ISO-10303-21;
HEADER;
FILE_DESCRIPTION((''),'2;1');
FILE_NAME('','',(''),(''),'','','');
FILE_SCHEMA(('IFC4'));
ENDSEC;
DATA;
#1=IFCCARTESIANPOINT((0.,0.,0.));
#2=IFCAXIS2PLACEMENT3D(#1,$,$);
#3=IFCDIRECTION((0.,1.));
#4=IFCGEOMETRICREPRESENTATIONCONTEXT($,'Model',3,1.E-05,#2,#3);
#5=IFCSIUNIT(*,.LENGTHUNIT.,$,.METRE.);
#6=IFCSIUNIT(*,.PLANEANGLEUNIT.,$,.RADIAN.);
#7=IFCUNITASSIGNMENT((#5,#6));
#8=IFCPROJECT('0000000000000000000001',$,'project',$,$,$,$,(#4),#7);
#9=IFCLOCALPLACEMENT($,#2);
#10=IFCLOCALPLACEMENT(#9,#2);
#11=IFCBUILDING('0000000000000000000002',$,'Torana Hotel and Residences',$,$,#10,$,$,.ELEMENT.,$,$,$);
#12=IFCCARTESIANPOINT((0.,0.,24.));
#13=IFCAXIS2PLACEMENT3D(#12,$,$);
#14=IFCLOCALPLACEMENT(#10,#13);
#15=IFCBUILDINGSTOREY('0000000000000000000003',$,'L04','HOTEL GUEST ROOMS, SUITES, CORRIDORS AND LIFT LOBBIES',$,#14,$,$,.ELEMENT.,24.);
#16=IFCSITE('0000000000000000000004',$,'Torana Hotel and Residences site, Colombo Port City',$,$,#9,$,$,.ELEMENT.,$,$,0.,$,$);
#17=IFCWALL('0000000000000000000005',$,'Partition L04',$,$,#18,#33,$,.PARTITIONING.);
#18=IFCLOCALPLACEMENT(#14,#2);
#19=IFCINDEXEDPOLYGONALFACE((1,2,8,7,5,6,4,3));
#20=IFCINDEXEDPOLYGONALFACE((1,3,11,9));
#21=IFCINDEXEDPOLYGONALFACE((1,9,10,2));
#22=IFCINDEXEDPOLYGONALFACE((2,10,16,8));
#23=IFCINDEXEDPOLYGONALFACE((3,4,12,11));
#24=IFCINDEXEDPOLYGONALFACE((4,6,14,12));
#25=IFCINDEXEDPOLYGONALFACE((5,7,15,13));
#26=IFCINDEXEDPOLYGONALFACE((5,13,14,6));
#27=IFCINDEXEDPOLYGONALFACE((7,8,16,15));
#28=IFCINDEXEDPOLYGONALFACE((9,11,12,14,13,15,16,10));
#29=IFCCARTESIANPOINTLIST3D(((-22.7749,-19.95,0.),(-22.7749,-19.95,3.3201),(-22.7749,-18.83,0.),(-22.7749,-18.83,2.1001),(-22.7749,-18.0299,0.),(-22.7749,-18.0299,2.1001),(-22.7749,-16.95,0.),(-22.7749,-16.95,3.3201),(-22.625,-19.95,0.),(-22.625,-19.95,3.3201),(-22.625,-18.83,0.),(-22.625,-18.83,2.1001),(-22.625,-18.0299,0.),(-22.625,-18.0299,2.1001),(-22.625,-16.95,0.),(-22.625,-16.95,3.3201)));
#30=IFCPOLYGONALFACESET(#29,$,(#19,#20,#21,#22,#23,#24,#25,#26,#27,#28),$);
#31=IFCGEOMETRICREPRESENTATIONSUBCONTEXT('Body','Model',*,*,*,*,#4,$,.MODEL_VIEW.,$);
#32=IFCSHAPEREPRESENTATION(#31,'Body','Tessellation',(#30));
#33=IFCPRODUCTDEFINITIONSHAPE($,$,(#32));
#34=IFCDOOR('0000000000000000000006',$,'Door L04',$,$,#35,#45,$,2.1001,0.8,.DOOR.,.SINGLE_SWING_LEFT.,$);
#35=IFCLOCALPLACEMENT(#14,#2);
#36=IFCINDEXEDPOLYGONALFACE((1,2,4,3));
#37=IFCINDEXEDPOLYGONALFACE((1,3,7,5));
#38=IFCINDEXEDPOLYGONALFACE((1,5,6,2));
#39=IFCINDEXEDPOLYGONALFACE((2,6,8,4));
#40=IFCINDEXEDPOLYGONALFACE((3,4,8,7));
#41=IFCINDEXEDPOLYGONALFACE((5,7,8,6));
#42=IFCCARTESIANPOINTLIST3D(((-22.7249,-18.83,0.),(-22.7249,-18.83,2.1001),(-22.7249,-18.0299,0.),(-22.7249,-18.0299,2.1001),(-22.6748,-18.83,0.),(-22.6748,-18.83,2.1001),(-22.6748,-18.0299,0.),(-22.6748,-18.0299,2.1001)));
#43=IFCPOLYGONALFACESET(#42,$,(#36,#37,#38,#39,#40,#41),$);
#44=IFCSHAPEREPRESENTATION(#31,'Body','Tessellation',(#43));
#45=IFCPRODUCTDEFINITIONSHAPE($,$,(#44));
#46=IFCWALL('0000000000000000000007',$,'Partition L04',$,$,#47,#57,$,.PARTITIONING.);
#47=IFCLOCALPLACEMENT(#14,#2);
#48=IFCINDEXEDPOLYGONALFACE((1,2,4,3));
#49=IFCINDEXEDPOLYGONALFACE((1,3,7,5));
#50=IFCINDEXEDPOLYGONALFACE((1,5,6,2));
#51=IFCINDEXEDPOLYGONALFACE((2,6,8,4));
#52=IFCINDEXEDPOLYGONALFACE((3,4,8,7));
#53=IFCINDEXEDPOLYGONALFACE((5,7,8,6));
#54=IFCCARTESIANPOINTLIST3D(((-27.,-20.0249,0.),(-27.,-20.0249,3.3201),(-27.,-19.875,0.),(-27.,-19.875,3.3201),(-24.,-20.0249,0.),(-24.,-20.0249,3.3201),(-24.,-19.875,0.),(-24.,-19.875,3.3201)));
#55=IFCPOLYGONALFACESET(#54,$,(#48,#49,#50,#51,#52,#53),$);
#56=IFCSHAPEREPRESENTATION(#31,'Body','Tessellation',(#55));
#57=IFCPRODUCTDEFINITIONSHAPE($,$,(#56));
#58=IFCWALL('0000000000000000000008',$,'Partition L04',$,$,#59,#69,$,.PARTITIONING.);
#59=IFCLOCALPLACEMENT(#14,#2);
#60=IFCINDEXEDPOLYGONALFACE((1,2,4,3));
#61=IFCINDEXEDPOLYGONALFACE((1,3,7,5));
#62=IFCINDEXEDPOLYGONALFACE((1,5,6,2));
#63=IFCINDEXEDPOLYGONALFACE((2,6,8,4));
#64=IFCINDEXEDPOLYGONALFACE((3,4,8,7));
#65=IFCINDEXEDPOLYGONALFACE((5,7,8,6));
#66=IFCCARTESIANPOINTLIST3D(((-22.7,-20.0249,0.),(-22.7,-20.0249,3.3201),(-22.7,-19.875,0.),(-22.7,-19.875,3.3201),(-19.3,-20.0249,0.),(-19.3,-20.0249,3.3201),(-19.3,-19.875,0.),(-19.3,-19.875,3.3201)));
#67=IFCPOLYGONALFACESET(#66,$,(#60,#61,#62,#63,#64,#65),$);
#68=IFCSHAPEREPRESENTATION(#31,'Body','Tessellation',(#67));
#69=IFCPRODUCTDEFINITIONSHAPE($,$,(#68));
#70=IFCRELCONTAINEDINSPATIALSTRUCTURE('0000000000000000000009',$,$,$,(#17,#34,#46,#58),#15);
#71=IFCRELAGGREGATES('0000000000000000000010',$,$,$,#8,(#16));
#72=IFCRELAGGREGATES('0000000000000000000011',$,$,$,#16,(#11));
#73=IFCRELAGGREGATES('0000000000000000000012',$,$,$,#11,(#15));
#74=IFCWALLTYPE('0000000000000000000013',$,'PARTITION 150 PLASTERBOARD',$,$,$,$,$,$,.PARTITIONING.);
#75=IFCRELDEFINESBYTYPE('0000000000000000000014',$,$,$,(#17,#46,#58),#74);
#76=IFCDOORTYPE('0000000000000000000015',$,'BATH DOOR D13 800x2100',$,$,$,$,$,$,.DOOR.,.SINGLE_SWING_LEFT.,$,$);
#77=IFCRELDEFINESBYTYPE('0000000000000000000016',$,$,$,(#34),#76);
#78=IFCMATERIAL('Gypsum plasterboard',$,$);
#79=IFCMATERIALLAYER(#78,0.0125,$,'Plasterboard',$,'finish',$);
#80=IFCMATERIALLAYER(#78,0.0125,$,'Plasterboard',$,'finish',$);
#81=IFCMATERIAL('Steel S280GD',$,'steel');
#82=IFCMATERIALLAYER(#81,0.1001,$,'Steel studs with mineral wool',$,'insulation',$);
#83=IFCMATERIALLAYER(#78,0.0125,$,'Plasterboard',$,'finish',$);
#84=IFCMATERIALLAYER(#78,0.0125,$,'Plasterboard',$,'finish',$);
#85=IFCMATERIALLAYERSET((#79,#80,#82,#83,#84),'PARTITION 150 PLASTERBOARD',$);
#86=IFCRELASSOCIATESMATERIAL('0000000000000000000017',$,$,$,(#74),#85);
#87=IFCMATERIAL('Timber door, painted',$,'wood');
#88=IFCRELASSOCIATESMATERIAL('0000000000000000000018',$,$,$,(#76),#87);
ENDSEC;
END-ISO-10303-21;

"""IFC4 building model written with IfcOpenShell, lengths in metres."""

from ifc_helpers import new_model, si_unit, direction, frame, frame_2d, origin, place, context, subcontext, project, spatial, rectangle, extrude, material, layer, layer_set, type_object, element, fill, save


model = new_model("IFC4")

# Units and contexts
model_context = context("Model", 3, precision=1e-05, world=origin(), true_north=direction((0.0, 1.0)))
body_context = subcontext(model_context, "Body", "Model", "MODEL_VIEW")
ifc_project = project(units=[si_unit("LENGTHUNIT", "METRE"), si_unit("PLANEANGLEUNIT", "RADIAN")], contexts=[model_context])

# Site, building, storey
site_placement = place(None, origin())
site = spatial("IfcSite", under=ifc_project, at=site_placement, Name="Torana Hotel and Residences site, Colombo Port City", CompositionType="ELEMENT", RefElevation=0.0)
building_placement = place(site_placement, origin())
building = spatial("IfcBuilding", under=site, at=building_placement, Name="Torana Hotel and Residences", CompositionType="ELEMENT")
storey_placement = place(building_placement, frame((0.0, 0.0, 24.0)))
storey = spatial("IfcBuildingStorey", under=building, at=storey_placement, Name="L04", Description="HOTEL GUEST ROOMS, SUITES, CORRIDORS AND LIFT LOBBIES", CompositionType="ELEMENT", Elevation=24.0)

# Wall, opening, door
ifc_material_1 = material(Name="Gypsum plasterboard")
ifc_layer_1 = layer(ifc_material_1, 0.0125, Name="Plasterboard", Category="finish")
ifc_layer_2 = layer(ifc_material_1, 0.0125, Name="Plasterboard", Category="finish")
ifc_material_2 = material(Name="Steel S280GD", Category="steel")
ifc_layer_3 = layer(ifc_material_2, 0.1001, Name="Steel studs with mineral wool", Category="insulation")
ifc_layer_4 = layer(ifc_material_1, 0.0125, Name="Plasterboard", Category="finish")
ifc_layer_5 = layer(ifc_material_1, 0.0125, Name="Plasterboard", Category="finish")
ifc_layer_set_1 = layer_set([ifc_layer_1, ifc_layer_2, ifc_layer_3, ifc_layer_4, ifc_layer_5], Name="PARTITION 150 PLASTERBOARD")
wall_type_1 = type_object("IfcWallType", Name="PARTITION 150 PLASTERBOARD", PredefinedType="PARTITIONING", material=ifc_layer_set_1)
ifc_material_3 = material(Name="Timber door, painted", Category="wood")
door_type_1 = type_object("IfcDoorType", Name="BATH DOOR D13 800x2100", OperationType="SINGLE_SWING_LEFT", PredefinedType="DOOR", material=ifc_material_3)
wall_1_placement = place(storey_placement, frame((-22.7, -19.95, 0.0), z_axis=(0.0, 0.0, 1.0), x_axis=(0.0, 1.0, 0.0)))
wall_1 = element("IfcWall", 1, at=wall_1_placement, inside=storey, type_object=wall_type_1, Name="Partition L04", PredefinedType="PARTITIONING", context=body_context, shape_type="SweptSolid", body=[
    extrude(rectangle(XDim=3.0, YDim=0.1499, at=frame_2d((1.5, 0.0))), origin(), (0.0, 0.0, 1.0), 3.3201),
])
opening_1_placement = place(wall_1_placement, frame((1.1201, 0.0, 0.0)))
opening_1 = element("IfcOpeningElement", 2, at=opening_1_placement, cuts=wall_1, PredefinedType="OPENING", context=body_context, shape_type="SweptSolid", body=[
    extrude(rectangle(XDim=0.8, YDim=2.1001, at=frame_2d((0.3999, 1.05))), frame((0.0, 0.085, 0.0), z_axis=(0.0, -1.0, 0.0), x_axis=(1.0, 0.0, 0.0)), (0.0, 0.0, 1.0), 0.1699),
])
door_1_placement = place(opening_1_placement, origin())
door_1 = element("IfcDoor", 3, at=door_1_placement, inside=storey, type_object=door_type_1, Name="Door L04", OperationType="SINGLE_SWING_LEFT", OverallHeight=2.1001, OverallWidth=0.8, PredefinedType="DOOR", context=body_context, shape_type="SweptSolid", body=[
    extrude(rectangle(XDim=0.8, YDim=2.1001, at=frame_2d((0.3999, 1.05))), frame((0.0, 0.0249, 0.0), z_axis=(0.0, -1.0, 0.0), x_axis=(1.0, 0.0, 0.0)), (0.0, 0.0, 1.0), 0.05),
])
fill(opening_1, door_1)

# Walls
wall_2_placement = place(storey_placement, frame((-27.0, -19.95, 0.0), z_axis=(0.0, 0.0, 1.0), x_axis=(1.0, 0.0, 0.0)))
element("IfcWall", 4, at=wall_2_placement, inside=storey, type_object=wall_type_1, Name="Partition L04", PredefinedType="PARTITIONING", context=body_context, shape_type="SweptSolid", body=[
    extrude(rectangle(XDim=3.0, YDim=0.1499, at=frame_2d((1.5, 0.0))), origin(), (0.0, 0.0, 1.0), 3.3201),
])
wall_3_placement = place(storey_placement, frame((-22.7, -19.95, 0.0), z_axis=(0.0, 0.0, 1.0), x_axis=(1.0, 0.0, 0.0)))
element("IfcWall", 5, at=wall_3_placement, inside=storey, type_object=wall_type_1, Name="Partition L04", PredefinedType="PARTITIONING", context=body_context, shape_type="SweptSolid", body=[
    extrude(rectangle(XDim=3.3999, YDim=0.1499, at=frame_2d((1.7, 0.0))), origin(), (0.0, 0.0, 1.0), 3.3201),
])

save(model, "model.ifc")
